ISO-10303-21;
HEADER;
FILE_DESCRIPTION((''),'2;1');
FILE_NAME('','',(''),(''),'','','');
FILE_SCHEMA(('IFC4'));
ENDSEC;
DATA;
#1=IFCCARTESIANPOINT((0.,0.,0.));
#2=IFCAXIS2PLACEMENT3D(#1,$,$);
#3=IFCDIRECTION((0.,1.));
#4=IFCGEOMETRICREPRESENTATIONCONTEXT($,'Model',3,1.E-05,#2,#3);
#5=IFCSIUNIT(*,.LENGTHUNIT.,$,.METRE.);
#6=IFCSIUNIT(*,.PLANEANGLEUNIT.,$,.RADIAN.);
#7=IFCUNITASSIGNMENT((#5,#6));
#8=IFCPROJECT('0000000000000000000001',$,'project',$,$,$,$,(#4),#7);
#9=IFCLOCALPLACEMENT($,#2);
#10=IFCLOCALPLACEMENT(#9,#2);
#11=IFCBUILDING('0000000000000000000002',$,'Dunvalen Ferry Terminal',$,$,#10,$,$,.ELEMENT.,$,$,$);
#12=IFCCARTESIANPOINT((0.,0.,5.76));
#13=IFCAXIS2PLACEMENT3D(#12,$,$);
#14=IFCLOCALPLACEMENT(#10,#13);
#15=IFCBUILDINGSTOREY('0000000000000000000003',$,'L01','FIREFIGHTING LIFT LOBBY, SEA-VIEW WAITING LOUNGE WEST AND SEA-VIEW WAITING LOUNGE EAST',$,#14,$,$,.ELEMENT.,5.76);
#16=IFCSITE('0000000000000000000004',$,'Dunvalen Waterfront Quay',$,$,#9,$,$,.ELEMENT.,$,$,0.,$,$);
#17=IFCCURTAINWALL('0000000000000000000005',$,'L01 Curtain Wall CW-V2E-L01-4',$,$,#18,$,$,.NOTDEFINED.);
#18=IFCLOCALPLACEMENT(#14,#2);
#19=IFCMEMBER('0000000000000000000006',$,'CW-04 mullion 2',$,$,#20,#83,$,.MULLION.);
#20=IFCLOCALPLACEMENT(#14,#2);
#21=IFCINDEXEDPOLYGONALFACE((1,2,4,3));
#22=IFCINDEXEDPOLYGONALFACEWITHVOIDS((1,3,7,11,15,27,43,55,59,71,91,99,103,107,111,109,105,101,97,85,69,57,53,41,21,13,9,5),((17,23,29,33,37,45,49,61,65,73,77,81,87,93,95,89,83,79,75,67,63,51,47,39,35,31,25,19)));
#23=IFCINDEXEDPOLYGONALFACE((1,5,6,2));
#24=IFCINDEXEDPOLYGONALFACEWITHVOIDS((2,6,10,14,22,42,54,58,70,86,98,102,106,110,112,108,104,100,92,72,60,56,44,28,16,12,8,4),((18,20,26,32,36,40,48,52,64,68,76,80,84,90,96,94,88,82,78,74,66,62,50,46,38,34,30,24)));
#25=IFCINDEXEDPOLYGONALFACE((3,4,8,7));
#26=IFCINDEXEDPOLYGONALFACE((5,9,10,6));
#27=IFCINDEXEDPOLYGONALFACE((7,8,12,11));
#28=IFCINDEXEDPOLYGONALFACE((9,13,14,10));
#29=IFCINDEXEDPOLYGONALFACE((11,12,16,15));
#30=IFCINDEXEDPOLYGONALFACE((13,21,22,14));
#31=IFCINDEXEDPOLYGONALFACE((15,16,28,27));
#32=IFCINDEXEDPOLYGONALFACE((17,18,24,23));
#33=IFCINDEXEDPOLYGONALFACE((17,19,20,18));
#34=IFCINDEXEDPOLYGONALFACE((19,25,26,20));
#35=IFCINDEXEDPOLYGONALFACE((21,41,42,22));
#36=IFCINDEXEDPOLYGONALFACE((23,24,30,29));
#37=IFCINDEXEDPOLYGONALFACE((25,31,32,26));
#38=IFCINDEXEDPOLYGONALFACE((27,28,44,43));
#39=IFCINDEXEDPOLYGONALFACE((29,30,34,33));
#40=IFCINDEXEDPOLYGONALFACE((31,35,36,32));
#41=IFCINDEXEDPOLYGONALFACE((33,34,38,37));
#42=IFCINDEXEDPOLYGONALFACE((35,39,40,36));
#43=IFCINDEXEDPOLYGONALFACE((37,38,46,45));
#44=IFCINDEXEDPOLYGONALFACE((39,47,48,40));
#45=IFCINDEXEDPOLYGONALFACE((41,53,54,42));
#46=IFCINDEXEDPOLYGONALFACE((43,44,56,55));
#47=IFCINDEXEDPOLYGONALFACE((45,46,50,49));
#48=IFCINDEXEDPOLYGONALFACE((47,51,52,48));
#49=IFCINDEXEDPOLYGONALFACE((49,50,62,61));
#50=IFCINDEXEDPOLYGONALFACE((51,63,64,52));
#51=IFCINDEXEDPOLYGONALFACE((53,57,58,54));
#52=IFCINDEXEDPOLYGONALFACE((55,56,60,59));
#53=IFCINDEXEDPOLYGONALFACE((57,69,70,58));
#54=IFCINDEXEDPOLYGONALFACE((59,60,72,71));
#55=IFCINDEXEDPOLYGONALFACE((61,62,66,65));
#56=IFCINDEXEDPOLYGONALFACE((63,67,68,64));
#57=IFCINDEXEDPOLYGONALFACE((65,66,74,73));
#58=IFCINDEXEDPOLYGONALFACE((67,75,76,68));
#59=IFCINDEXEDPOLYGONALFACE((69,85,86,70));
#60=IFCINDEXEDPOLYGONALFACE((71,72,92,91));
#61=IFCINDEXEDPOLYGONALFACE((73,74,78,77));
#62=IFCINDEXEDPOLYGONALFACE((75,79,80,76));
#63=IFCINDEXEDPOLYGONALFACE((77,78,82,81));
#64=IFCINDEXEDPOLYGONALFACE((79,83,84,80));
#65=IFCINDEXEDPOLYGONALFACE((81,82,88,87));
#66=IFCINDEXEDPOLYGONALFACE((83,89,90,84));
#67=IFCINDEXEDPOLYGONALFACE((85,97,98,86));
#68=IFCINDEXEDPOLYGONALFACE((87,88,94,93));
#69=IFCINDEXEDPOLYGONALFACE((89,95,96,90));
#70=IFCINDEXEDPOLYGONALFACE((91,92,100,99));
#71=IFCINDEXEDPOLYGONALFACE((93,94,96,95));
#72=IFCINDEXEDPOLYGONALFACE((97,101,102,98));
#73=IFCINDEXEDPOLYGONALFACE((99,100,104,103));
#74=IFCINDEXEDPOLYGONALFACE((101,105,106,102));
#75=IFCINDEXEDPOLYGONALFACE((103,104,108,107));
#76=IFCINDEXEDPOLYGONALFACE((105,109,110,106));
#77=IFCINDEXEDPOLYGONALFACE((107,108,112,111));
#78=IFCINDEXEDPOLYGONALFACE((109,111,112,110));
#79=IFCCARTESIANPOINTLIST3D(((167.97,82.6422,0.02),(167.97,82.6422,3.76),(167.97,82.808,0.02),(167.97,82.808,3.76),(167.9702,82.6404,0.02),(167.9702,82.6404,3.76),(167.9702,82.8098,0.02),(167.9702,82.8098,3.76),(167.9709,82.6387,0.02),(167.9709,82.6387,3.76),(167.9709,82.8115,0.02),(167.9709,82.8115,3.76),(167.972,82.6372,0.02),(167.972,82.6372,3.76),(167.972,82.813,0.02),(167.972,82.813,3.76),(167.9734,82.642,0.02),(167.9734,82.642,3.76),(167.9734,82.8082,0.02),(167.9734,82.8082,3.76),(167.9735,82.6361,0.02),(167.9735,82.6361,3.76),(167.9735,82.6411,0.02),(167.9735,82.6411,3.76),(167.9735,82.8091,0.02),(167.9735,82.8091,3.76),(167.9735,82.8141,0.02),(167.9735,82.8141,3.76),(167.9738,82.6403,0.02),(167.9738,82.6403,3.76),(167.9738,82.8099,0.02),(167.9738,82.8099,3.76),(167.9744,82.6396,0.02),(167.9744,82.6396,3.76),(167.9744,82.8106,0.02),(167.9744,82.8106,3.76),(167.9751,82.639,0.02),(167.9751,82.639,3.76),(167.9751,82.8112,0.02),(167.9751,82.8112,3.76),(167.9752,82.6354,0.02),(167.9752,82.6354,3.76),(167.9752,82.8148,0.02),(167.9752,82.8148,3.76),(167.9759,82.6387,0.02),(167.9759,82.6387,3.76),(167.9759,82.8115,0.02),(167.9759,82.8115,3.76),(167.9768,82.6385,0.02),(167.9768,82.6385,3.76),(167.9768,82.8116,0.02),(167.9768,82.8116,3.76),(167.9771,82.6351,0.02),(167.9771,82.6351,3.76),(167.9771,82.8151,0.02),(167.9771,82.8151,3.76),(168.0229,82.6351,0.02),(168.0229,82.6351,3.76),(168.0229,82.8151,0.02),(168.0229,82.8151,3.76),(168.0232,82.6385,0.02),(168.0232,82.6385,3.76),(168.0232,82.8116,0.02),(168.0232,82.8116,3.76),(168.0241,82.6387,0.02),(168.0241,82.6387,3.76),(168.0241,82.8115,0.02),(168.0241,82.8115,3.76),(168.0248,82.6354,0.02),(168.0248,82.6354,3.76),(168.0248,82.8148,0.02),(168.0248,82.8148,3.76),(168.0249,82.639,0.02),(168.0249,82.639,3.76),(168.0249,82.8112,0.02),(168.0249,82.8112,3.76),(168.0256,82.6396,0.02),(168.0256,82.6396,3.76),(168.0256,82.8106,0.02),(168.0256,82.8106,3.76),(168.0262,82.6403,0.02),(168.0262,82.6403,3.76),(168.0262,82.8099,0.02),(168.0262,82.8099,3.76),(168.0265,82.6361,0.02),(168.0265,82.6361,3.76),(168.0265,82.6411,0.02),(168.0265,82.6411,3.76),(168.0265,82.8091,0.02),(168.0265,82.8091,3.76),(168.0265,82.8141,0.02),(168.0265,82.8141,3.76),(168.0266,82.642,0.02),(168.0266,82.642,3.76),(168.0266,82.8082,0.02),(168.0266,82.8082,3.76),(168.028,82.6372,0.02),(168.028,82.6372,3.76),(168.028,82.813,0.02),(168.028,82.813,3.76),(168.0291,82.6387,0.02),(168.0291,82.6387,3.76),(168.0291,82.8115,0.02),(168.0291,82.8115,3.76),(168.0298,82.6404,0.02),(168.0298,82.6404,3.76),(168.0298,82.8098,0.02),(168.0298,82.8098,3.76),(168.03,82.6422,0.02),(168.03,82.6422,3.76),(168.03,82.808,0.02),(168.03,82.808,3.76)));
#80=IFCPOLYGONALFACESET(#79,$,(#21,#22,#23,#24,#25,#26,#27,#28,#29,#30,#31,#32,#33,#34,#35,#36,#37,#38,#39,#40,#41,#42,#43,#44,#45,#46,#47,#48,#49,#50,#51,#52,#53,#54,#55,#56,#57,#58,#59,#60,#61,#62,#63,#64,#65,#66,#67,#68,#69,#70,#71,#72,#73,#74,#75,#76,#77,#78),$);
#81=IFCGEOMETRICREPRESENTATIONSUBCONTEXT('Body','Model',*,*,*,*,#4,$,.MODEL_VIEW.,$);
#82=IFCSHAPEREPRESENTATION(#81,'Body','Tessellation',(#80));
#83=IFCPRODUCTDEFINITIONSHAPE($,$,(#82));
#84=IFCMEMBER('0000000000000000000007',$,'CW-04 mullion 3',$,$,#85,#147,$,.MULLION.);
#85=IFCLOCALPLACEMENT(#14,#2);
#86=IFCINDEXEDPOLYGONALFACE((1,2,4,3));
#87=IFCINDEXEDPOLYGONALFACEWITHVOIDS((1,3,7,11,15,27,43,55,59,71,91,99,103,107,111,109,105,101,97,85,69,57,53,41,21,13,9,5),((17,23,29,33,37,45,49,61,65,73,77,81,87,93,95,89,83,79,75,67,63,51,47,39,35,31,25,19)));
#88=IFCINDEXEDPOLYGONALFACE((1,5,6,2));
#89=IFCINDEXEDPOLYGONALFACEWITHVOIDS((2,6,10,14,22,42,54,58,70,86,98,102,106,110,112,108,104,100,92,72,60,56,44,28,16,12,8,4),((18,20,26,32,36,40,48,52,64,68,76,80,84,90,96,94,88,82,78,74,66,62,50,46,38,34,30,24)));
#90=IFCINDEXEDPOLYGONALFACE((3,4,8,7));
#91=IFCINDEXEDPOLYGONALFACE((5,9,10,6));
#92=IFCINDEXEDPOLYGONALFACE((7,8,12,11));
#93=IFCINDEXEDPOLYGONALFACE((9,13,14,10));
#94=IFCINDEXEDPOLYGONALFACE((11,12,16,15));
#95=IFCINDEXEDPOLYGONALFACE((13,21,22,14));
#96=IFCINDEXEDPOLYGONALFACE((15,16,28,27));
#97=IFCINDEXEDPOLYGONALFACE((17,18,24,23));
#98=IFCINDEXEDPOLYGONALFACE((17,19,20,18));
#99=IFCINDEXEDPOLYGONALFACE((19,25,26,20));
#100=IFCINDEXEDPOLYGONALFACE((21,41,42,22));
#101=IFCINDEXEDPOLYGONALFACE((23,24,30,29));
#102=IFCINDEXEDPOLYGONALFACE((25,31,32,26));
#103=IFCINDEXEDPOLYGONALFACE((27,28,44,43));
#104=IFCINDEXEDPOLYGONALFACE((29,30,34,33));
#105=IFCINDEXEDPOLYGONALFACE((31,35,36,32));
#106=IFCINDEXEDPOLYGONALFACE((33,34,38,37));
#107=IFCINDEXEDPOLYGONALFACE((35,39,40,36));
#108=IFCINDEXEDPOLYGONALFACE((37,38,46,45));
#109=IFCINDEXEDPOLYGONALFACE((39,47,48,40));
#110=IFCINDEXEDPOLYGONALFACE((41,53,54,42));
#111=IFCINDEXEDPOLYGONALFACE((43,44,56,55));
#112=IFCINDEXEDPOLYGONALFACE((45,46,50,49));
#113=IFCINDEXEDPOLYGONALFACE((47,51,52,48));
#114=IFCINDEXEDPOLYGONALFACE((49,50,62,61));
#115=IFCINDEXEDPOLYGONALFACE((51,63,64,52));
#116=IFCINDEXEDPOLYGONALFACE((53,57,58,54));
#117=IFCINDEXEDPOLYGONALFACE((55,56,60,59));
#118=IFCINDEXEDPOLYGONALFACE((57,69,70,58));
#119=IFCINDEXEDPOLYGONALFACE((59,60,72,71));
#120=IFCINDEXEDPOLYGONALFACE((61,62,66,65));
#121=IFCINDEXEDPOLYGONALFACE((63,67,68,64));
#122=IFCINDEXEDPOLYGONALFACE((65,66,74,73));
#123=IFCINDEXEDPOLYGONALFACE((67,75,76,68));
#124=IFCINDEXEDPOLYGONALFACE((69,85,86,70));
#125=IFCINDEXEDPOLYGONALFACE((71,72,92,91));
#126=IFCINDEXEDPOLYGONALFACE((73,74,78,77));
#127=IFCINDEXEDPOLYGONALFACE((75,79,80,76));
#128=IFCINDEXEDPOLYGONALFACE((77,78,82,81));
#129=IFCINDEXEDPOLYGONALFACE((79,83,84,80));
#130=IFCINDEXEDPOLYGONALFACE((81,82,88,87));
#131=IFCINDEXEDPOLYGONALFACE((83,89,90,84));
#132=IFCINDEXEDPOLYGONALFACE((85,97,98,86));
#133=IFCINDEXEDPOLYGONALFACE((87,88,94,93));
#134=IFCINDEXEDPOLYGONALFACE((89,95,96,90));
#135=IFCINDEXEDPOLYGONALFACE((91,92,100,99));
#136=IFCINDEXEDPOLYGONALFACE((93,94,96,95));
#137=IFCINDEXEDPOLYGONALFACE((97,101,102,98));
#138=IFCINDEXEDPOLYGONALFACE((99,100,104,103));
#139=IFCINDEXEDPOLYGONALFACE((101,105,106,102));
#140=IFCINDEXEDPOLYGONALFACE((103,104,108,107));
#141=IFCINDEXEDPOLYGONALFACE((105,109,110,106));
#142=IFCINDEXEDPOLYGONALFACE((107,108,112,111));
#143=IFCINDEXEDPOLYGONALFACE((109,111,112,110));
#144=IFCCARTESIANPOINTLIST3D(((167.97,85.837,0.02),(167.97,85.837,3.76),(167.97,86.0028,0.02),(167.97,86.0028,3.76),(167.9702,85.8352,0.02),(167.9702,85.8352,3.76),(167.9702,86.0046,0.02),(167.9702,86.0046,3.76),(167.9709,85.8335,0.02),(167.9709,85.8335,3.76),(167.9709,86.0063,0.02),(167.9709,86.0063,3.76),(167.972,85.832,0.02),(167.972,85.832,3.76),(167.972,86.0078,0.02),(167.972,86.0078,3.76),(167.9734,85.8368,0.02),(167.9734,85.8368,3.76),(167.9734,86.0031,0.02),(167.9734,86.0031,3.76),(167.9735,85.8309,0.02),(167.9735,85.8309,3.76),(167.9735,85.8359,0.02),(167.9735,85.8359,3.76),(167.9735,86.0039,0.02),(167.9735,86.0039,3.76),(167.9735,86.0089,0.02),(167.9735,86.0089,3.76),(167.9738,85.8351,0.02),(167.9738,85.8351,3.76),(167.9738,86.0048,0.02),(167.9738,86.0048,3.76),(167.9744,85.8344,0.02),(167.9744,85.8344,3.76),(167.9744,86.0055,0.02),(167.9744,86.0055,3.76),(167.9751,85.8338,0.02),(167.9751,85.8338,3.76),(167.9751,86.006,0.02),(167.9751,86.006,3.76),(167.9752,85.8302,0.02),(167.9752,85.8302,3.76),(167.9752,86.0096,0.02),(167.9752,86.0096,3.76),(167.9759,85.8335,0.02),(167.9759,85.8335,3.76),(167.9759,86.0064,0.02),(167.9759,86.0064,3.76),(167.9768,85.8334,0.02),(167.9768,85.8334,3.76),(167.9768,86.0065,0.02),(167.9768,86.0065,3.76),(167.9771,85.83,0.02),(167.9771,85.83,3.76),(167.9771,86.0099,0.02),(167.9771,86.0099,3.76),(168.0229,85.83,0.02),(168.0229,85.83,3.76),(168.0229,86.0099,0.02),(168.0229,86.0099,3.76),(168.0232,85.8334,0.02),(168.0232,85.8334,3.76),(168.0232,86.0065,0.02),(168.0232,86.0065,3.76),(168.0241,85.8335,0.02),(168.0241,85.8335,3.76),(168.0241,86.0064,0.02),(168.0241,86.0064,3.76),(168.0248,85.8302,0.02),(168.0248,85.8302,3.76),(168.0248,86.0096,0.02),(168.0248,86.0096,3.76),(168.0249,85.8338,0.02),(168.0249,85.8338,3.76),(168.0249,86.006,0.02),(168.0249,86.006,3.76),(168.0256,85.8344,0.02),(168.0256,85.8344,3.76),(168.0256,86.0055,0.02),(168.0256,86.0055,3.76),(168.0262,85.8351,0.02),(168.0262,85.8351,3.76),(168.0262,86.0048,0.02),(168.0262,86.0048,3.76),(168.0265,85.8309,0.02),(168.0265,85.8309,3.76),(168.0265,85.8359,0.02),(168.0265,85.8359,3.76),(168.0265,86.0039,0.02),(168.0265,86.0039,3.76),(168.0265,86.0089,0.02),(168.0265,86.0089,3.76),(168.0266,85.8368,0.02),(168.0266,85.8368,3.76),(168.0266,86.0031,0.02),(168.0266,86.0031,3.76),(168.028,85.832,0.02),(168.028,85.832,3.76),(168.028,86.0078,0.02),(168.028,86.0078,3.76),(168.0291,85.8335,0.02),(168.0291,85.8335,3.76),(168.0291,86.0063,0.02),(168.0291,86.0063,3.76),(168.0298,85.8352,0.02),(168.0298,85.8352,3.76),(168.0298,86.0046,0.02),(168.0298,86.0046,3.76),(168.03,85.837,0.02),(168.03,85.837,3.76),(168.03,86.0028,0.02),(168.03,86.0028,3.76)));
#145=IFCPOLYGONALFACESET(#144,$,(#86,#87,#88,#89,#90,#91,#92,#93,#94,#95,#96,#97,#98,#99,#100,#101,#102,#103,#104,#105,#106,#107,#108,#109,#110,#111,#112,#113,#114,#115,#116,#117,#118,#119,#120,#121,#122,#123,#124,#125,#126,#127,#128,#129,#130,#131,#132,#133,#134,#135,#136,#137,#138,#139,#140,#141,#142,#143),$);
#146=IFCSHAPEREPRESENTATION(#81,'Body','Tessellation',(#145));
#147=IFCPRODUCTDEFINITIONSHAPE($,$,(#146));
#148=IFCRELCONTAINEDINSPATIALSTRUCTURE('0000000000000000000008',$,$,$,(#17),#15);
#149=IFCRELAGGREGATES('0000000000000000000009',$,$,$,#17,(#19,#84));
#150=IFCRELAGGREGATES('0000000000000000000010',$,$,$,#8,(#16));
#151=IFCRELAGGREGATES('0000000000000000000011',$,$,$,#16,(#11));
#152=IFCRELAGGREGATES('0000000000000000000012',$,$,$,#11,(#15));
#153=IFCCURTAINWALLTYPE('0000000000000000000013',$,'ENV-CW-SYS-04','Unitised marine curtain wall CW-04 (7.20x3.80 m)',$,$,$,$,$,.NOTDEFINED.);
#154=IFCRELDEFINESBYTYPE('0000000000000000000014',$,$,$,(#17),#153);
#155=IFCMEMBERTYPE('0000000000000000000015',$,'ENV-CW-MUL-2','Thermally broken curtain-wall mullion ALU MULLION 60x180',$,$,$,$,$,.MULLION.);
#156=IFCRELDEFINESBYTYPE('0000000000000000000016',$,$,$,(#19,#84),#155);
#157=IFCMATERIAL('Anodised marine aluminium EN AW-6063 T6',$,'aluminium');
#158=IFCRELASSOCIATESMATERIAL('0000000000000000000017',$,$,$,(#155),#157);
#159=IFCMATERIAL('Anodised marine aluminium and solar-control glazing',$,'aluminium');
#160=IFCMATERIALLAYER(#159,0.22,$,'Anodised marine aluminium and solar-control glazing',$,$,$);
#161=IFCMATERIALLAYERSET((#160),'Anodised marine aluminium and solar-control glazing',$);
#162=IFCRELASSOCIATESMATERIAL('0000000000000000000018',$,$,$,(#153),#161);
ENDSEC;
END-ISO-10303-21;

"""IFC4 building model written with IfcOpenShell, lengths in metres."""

from ifc_helpers import new_model, si_unit, direction, frame, origin, origin_2d, place, context, subcontext, project, spatial, hollow_rectangle, extrude, material, layer, layer_set, material_profile, profile_set, type_object, element, aggregate, save


model = new_model("IFC4")

# Units and contexts
model_context = context("Model", 3, precision=1e-05, world=origin(), true_north=direction((0.0, 1.0)))
body_context = subcontext(model_context, "Body", "Model", "MODEL_VIEW")
ifc_project = project(units=[si_unit("LENGTHUNIT", "METRE"), si_unit("PLANEANGLEUNIT", "RADIAN")], contexts=[model_context])

# Site, building, storey
site_placement = place(None, origin())
site = spatial("IfcSite", under=ifc_project, at=site_placement, Name="Dunvalen Waterfront Quay", CompositionType="ELEMENT", RefElevation=0.0)
building_placement = place(site_placement, origin())
building = spatial("IfcBuilding", under=site, at=building_placement, Name="Dunvalen Ferry Terminal", CompositionType="ELEMENT")
storey_placement = place(building_placement, frame((0.0, 0.0, 5.76)))
storey = spatial("IfcBuildingStorey", under=building, at=storey_placement, Name="L01", Description="FIREFIGHTING LIFT LOBBY, SEA-VIEW WAITING LOUNGE WEST AND SEA-VIEW WAITING LOUNGE EAST", CompositionType="ELEMENT", Elevation=5.76)

# Shared definitions
ifc_material_1 = material(Name="Anodised marine aluminium and solar-control glazing", Category="aluminium")
ifc_material_2 = material(Name="Anodised marine aluminium EN AW-6063 T6", Category="aluminium")
ifc_material_profile_1 = material_profile(ifc_material_2, hollow_rectangle(XDim=0.0601, YDim=0.1799, WallThickness=0.0034, InnerFilletRadius=0.0034, OuterFilletRadius=0.0071, at=origin_2d()), Name="Anodised marine aluminium EN AW-6063 T6")
ifc_profile_set_1 = profile_set([ifc_material_profile_1], Name="Anodised marine aluminium EN AW-6063 T6")
member_type_1 = type_object("IfcMemberType", Name="ENV-CW-MUL-2", Description="Thermally broken curtain-wall mullion ALU MULLION 60x180", PredefinedType="MULLION", material=ifc_profile_set_1)

# Curtain wall, members
ifc_layer_1 = layer(ifc_material_1, 0.22, Name="Anodised marine aluminium and solar-control glazing")
ifc_layer_set_1 = layer_set([ifc_layer_1], Name="Anodised marine aluminium and solar-control glazing")
curtain_wall_type_1 = type_object("IfcCurtainWallType", Name="ENV-CW-SYS-04", Description="Unitised marine curtain wall CW-04 (7.20x3.80 m)", PredefinedType="NOTDEFINED", material=ifc_layer_set_1)
curtain_wall_1_placement = place(storey_placement, origin())
curtain_wall_1 = element("IfcCurtainWall", 1, at=curtain_wall_1_placement, inside=storey, type_object=curtain_wall_type_1, Name="L01 Curtain Wall CW-V2E-L01-4", PredefinedType="NOTDEFINED")
member_1_placement = place(storey_placement, frame((168.0, 82.7251, 0.02), z_axis=(0.0, 0.0, 1.0), x_axis=(-1.0, 0.0, 0.0)))
member_1 = element("IfcMember", 2, at=member_1_placement, type_object=member_type_1, Name="CW-04 mullion 2", PredefinedType="MULLION", context=body_context, shape_type="SweptSolid", body=[
    extrude(hollow_rectangle(XDim=0.0601, YDim=0.1799, WallThickness=0.0034, InnerFilletRadius=0.0034, OuterFilletRadius=0.0071, at=origin_2d()), origin(), (0.0, 0.0, 1.0), 3.74),
])
member_2_placement = place(storey_placement, frame((168.0, 85.9199, 0.02), z_axis=(0.0, 0.0, 1.0), x_axis=(-1.0, 0.0, 0.0)))
member_2 = element("IfcMember", 3, at=member_2_placement, type_object=member_type_1, Name="CW-04 mullion 3", PredefinedType="MULLION", context=body_context, shape_type="SweptSolid", body=[
    extrude(hollow_rectangle(XDim=0.0601, YDim=0.1799, WallThickness=0.0034, InnerFilletRadius=0.0034, OuterFilletRadius=0.0071, at=origin_2d()), origin(), (0.0, 0.0, 1.0), 3.74),
])

aggregate(curtain_wall_1, [member_1, member_2])

save(model, "model.ifc")
